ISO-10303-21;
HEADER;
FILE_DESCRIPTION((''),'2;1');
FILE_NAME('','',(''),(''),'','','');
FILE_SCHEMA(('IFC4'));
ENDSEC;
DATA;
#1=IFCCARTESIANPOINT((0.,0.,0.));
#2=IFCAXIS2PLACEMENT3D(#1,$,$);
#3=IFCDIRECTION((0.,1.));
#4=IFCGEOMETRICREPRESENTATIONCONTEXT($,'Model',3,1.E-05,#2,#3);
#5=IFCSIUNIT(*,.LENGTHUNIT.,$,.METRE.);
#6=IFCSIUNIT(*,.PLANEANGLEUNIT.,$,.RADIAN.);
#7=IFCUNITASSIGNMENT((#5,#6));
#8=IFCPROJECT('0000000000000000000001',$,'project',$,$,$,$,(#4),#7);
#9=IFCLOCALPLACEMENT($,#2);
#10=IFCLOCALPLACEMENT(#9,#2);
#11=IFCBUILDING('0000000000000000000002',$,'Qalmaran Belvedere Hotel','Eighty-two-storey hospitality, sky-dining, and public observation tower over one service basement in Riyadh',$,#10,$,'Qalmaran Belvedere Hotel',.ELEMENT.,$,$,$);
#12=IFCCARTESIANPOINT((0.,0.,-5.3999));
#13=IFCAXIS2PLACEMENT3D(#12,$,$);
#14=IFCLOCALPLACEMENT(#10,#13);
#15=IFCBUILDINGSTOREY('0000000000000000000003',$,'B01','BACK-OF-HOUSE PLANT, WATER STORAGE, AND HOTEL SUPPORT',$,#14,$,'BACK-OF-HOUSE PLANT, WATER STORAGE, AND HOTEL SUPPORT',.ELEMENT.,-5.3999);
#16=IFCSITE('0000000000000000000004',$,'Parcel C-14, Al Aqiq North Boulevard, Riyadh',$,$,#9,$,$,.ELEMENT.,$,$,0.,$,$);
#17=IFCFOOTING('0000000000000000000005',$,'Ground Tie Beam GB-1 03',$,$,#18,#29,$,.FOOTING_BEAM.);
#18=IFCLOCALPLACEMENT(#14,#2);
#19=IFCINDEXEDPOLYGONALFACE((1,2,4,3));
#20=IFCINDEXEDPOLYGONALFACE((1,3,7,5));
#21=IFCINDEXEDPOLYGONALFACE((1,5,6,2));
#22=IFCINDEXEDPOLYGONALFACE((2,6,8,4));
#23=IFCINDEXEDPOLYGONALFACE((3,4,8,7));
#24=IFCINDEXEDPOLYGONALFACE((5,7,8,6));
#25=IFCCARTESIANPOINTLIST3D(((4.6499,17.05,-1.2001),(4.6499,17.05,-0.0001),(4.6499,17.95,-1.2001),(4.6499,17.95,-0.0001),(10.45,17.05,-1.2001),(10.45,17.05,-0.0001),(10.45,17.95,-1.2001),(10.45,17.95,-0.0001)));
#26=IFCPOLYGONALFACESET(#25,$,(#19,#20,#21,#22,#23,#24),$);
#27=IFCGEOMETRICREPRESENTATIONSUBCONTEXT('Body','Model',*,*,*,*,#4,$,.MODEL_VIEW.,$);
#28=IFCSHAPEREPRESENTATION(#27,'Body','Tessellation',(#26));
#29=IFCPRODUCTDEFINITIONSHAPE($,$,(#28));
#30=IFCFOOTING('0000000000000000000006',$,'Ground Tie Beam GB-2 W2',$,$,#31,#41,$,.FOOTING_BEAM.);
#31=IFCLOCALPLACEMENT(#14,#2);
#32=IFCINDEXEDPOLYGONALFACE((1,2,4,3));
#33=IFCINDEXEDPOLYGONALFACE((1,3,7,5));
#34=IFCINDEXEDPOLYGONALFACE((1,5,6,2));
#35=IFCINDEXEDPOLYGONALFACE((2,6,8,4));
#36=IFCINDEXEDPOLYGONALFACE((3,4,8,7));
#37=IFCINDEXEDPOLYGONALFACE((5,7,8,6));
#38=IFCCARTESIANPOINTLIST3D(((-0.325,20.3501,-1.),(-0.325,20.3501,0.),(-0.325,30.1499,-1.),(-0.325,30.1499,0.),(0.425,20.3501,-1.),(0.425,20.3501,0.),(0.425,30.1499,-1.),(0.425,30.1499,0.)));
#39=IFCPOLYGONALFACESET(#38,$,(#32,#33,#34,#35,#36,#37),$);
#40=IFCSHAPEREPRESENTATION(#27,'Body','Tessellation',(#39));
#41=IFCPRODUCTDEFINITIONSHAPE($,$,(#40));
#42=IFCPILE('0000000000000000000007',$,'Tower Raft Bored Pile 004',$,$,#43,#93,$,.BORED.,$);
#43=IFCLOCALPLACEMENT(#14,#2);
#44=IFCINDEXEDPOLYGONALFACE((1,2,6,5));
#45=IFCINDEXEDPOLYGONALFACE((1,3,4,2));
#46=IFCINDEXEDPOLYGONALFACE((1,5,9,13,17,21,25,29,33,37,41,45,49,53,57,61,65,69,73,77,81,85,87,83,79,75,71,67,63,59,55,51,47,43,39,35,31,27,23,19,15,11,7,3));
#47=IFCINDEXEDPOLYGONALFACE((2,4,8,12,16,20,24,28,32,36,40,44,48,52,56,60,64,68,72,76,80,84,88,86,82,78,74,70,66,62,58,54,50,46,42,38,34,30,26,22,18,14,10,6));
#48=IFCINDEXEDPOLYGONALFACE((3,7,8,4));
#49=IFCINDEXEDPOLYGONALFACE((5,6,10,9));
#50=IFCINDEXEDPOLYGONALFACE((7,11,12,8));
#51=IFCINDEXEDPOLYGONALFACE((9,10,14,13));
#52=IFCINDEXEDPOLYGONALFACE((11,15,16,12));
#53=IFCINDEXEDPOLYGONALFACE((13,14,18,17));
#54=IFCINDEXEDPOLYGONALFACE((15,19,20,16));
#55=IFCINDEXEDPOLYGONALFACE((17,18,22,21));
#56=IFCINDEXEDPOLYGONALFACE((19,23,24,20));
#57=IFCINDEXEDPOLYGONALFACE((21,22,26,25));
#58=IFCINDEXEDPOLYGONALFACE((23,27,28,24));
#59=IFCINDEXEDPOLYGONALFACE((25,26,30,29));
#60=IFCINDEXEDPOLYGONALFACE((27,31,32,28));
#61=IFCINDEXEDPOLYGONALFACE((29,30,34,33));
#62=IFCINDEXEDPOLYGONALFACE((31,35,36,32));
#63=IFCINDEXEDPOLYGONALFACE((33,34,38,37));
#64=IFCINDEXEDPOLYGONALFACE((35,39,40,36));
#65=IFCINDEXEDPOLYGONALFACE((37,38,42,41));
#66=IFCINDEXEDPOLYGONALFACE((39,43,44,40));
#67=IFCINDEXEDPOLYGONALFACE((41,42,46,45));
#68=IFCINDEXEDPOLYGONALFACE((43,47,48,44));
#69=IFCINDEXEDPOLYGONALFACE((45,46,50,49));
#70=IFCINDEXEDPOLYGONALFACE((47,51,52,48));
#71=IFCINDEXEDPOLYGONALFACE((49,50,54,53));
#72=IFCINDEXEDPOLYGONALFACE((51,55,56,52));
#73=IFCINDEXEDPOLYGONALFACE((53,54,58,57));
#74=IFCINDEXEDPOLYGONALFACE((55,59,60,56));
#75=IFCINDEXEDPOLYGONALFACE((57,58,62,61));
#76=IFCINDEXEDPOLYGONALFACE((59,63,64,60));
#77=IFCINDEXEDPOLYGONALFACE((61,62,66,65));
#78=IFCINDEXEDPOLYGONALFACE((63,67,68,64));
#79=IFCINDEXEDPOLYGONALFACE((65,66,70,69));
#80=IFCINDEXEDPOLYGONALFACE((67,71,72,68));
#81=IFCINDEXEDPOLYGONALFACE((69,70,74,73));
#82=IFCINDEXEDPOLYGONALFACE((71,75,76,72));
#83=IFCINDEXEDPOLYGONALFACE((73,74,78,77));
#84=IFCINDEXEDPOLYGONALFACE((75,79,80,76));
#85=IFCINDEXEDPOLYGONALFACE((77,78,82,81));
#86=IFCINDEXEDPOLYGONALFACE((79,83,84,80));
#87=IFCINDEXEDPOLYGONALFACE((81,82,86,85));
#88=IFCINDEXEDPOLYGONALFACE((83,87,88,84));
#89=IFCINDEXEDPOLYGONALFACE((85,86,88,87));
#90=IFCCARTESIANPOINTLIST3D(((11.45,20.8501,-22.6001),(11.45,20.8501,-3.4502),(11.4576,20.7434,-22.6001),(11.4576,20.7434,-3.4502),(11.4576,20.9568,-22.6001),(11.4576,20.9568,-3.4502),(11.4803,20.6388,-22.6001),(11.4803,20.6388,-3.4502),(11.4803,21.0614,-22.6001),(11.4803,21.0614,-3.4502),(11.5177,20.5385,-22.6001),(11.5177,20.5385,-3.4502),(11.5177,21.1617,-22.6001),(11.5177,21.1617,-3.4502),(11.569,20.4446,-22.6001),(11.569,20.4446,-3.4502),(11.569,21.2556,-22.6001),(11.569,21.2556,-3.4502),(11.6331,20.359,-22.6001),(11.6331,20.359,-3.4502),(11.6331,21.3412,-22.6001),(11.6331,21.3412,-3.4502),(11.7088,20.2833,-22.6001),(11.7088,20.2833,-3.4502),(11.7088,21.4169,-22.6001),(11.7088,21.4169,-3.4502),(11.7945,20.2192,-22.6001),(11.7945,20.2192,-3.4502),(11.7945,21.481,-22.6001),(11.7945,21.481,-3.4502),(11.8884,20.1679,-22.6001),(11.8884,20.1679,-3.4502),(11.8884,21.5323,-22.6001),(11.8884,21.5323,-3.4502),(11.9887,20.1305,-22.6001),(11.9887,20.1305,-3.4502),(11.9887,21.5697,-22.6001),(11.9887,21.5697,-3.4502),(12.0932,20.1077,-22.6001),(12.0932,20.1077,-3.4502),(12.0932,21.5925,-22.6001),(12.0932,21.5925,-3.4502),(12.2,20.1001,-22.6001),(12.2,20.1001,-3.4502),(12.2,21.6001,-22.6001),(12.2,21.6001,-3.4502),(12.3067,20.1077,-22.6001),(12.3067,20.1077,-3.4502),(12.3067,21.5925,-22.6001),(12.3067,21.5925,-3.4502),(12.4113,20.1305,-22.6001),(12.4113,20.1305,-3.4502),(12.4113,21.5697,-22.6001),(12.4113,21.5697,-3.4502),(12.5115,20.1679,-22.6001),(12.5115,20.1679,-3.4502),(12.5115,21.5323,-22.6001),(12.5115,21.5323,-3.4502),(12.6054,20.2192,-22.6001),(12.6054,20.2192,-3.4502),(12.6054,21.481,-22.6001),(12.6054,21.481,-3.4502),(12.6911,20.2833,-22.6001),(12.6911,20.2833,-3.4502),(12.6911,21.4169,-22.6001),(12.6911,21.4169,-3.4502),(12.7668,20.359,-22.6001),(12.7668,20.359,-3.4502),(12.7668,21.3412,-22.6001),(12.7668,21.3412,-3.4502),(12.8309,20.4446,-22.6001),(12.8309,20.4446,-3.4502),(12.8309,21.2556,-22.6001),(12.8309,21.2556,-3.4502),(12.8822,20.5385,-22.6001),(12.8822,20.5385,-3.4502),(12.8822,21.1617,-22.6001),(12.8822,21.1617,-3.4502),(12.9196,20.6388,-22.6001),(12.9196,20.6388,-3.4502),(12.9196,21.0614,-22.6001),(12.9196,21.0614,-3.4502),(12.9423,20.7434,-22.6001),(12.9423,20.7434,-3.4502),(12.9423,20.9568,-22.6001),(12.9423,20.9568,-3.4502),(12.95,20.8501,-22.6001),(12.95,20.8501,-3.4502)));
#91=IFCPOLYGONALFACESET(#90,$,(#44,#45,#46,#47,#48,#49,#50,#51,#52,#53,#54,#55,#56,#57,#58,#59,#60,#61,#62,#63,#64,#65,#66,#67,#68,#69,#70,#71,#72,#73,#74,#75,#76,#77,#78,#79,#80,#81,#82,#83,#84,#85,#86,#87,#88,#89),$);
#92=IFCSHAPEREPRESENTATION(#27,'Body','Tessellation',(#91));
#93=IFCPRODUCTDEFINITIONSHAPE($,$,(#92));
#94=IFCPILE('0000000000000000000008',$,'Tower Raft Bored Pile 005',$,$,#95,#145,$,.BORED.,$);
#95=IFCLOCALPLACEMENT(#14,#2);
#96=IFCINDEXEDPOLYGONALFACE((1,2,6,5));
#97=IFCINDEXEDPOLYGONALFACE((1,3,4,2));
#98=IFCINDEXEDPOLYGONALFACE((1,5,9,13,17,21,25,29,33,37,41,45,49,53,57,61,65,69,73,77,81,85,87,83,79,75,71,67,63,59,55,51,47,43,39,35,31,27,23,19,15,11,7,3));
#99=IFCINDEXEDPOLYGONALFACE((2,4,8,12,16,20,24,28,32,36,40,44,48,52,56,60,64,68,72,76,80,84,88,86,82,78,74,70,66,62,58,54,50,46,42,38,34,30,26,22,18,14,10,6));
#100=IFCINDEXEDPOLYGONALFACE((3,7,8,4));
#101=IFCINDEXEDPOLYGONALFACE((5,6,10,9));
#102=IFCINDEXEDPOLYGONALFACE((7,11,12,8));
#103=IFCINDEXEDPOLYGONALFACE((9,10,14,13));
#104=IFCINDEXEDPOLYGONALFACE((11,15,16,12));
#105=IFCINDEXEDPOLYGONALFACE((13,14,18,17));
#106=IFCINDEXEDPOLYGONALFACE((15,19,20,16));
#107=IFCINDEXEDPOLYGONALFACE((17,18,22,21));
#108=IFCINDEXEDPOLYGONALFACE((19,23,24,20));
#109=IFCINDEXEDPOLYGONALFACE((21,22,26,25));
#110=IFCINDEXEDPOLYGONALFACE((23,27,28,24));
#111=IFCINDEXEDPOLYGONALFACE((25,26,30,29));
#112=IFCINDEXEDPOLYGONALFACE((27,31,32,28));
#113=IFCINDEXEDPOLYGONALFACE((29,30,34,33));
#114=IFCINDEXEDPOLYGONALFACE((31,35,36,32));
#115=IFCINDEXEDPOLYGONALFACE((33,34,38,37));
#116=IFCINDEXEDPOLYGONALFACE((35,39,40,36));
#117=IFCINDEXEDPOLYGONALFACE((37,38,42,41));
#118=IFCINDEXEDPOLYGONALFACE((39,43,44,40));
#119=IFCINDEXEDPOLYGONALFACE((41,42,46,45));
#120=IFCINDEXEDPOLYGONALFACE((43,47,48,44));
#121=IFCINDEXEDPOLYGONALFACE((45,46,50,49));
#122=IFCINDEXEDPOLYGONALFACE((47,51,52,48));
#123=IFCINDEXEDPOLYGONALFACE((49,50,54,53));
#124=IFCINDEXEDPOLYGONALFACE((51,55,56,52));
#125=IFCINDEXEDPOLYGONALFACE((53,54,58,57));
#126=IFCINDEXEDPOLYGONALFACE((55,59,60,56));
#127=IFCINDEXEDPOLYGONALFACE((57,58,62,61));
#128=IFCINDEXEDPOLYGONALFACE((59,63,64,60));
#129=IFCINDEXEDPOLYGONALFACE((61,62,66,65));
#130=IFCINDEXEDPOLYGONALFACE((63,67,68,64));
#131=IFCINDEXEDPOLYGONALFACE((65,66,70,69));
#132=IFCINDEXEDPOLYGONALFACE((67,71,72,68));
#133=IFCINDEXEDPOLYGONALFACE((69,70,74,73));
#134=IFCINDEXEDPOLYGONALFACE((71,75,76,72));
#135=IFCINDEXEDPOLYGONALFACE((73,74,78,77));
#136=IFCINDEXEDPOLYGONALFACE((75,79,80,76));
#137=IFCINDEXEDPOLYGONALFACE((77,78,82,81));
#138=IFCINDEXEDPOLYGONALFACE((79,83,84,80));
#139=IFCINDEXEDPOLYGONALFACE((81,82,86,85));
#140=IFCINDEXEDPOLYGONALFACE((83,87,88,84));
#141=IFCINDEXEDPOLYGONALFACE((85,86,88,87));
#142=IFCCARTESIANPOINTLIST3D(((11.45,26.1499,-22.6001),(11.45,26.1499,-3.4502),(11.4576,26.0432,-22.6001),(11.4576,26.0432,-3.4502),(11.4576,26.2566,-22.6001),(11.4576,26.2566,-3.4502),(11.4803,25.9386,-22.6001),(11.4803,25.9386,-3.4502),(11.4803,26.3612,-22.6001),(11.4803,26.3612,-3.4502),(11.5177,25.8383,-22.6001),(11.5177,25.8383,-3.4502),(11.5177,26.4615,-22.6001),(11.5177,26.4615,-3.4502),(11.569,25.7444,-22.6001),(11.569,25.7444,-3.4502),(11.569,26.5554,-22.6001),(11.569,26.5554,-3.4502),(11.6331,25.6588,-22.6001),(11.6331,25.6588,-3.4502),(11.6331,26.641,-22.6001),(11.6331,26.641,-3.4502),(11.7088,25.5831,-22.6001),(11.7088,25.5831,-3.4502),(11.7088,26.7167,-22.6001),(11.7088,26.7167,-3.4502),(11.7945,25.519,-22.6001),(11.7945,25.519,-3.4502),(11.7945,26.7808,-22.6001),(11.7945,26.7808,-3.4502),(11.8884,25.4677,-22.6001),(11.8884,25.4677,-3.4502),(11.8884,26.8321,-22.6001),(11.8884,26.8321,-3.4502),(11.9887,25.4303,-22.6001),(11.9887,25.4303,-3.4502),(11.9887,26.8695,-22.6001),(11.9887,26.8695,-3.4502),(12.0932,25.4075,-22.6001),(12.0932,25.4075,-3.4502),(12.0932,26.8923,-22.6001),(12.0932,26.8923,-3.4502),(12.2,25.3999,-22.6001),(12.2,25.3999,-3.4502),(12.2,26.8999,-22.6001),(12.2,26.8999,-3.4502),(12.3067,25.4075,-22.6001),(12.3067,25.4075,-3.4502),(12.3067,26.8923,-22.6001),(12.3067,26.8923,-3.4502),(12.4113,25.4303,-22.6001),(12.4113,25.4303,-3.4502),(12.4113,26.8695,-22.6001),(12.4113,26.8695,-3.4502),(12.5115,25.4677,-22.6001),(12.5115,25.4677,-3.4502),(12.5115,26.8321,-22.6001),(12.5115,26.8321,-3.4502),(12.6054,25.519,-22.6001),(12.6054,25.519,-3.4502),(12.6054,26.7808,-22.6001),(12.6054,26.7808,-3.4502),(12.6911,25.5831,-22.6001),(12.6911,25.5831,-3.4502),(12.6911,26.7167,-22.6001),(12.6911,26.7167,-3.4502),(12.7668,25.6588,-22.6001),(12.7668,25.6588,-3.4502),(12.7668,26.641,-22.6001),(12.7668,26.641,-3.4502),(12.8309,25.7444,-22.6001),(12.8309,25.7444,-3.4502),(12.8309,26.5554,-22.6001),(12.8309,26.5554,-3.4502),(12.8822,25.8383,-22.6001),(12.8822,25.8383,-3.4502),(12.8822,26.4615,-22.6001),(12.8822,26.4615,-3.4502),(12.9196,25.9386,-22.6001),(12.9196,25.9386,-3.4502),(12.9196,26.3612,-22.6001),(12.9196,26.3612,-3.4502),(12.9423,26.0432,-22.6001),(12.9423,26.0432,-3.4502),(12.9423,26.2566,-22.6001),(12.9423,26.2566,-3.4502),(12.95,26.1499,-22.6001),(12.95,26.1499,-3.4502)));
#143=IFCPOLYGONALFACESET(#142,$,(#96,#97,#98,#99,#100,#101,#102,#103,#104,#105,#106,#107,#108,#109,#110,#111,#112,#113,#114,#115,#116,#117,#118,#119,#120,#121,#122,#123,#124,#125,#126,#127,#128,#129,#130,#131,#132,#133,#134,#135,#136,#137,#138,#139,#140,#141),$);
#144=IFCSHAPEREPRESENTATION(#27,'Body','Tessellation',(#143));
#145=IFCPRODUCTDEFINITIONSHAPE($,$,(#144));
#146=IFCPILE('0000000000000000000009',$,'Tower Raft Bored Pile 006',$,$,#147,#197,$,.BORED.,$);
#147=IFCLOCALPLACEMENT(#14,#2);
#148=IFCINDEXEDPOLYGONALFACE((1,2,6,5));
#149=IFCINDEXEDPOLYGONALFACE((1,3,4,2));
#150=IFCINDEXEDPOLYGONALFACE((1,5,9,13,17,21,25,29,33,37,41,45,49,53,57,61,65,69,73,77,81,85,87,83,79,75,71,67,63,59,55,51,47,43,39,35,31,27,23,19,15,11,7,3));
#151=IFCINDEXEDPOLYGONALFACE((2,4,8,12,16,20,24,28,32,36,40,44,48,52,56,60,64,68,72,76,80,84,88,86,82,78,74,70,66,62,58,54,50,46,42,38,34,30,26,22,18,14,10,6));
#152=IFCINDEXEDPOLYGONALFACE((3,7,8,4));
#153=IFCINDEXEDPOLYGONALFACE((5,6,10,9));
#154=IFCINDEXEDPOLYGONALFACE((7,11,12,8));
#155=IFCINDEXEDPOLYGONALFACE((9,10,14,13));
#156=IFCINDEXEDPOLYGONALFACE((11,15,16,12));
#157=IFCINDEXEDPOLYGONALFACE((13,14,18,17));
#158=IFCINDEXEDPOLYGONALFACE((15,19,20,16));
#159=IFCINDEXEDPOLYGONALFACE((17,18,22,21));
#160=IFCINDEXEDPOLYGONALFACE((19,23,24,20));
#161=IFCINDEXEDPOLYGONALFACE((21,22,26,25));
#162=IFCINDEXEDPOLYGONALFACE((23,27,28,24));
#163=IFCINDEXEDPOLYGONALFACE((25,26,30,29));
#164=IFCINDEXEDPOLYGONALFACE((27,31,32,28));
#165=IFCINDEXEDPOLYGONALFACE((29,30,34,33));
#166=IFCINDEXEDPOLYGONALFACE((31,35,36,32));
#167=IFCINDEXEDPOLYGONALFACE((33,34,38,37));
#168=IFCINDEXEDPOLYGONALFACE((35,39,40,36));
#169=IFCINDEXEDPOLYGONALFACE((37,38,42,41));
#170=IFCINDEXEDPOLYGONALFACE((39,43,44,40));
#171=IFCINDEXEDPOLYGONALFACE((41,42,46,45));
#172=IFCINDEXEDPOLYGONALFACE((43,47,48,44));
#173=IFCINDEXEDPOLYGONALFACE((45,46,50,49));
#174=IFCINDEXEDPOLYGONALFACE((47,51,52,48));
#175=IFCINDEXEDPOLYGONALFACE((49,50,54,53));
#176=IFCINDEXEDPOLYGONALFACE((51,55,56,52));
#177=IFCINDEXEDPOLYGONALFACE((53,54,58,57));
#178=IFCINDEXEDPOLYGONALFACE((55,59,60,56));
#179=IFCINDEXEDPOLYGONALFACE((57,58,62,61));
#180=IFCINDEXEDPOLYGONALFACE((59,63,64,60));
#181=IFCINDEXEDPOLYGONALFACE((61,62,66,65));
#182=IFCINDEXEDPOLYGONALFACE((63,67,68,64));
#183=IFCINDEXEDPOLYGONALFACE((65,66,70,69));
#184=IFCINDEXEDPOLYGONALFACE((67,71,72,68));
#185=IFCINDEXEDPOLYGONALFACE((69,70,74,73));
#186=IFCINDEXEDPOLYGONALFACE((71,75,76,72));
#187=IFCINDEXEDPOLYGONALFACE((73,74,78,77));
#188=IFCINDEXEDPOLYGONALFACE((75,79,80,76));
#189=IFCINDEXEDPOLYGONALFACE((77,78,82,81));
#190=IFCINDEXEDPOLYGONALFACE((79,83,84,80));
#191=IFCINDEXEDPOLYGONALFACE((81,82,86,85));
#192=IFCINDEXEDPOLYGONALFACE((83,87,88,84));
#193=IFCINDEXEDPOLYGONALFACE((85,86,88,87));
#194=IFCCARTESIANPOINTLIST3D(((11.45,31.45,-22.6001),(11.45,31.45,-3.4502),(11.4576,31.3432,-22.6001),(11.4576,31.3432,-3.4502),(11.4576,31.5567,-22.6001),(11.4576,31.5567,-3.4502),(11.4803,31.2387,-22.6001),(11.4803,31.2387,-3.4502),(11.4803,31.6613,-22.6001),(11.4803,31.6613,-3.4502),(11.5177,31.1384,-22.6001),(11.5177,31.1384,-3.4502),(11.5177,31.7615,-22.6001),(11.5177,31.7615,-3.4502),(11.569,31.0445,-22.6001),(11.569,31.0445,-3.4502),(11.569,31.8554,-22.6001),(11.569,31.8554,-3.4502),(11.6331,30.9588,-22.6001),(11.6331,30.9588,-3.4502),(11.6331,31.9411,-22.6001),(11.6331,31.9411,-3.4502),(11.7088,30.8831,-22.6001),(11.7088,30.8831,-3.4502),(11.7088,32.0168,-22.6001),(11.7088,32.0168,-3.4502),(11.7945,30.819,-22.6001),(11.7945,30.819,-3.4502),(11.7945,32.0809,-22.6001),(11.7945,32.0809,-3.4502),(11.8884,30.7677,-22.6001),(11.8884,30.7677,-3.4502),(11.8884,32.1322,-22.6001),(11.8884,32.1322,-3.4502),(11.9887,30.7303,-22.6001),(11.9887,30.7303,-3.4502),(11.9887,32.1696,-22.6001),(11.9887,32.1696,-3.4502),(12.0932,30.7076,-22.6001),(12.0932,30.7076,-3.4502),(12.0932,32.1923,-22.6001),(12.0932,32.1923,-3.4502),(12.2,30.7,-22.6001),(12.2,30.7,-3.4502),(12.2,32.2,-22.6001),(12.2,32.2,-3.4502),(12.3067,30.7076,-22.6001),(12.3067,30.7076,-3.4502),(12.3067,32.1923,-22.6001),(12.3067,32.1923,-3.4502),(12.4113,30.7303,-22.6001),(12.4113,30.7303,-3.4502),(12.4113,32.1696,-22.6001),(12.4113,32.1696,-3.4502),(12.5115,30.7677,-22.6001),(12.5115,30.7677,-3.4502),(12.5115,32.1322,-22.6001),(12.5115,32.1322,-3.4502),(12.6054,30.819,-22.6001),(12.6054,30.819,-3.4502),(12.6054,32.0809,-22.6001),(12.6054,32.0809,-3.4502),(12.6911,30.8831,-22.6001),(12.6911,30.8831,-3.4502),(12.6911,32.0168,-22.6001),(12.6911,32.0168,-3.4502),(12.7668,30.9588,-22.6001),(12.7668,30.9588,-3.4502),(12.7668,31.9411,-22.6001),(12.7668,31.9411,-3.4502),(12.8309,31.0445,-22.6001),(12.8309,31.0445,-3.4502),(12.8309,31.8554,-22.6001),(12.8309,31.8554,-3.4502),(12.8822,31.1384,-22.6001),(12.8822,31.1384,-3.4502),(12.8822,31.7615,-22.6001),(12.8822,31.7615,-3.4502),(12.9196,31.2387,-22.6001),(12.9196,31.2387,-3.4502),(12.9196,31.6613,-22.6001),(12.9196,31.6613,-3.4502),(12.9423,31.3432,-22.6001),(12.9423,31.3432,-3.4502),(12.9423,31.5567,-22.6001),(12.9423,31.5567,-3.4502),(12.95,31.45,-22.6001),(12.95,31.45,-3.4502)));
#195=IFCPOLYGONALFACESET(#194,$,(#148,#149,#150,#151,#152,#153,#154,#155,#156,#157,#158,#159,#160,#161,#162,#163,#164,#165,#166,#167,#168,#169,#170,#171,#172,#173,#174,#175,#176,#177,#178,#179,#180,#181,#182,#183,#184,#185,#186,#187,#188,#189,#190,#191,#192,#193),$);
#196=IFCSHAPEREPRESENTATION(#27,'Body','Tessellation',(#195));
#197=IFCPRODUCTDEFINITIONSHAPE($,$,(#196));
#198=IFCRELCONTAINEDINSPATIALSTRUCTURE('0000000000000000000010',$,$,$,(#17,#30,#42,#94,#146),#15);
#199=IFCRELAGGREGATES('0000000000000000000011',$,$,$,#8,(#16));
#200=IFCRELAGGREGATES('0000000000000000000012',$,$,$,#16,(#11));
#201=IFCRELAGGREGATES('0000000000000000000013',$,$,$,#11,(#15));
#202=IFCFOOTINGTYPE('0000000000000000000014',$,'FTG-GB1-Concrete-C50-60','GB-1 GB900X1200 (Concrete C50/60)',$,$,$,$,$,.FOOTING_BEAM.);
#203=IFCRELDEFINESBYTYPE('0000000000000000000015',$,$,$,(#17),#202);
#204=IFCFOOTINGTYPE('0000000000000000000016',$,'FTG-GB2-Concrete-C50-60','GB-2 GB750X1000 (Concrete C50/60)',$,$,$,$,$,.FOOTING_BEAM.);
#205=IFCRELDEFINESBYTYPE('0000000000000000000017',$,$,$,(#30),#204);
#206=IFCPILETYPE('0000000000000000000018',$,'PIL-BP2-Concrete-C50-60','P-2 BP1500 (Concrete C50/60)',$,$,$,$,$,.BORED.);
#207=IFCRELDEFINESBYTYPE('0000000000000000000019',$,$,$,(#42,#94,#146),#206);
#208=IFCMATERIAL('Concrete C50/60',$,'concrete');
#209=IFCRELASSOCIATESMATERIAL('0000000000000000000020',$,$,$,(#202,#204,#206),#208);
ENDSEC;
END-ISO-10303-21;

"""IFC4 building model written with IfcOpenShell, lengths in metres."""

from ifc_helpers import new_model, si_unit, direction, frame, origin, origin_2d, place, context, subcontext, project, spatial, rectangle, circle, extrude, material, material_profile, profile_set, type_object, element, save


model = new_model("IFC4")

# Units and contexts
model_context = context("Model", 3, precision=1e-05, world=origin(), true_north=direction((0.0, 1.0)))
body_context = subcontext(model_context, "Body", "Model", "MODEL_VIEW")
ifc_project = project(units=[si_unit("LENGTHUNIT", "METRE"), si_unit("PLANEANGLEUNIT", "RADIAN")], contexts=[model_context])

# Site, building, storey
site_placement = place(None, origin())
site = spatial("IfcSite", under=ifc_project, at=site_placement, Name="Parcel C-14, Al Aqiq North Boulevard, Riyadh", CompositionType="ELEMENT", RefElevation=0.0)
building_placement = place(site_placement, origin())
building = spatial("IfcBuilding", under=site, at=building_placement, Name="Qalmaran Belvedere Hotel", Description="Eighty-two-storey hospitality, sky-dining, and public observation tower over one service basement in Riyadh", LongName="Qalmaran Belvedere Hotel", CompositionType="ELEMENT")
storey_placement = place(building_placement, frame((0.0, 0.0, -5.3999)))
storey = spatial("IfcBuildingStorey", under=building, at=storey_placement, Name="B01", Description="BACK-OF-HOUSE PLANT, WATER STORAGE, AND HOTEL SUPPORT", LongName="BACK-OF-HOUSE PLANT, WATER STORAGE, AND HOTEL SUPPORT", CompositionType="ELEMENT", Elevation=-5.3999)

# Footings
ifc_material_1 = material(Name="Concrete C50/60", Category="concrete")
ifc_material_profile_1 = material_profile(ifc_material_1, rectangle(XDim=0.8999, YDim=1.2, at=origin_2d()), Name="GB900X1200")
ifc_profile_set_1 = profile_set([ifc_material_profile_1], Name="Concrete C50/60")
footing_type_1 = type_object("IfcFootingType", Name="FTG-GB1-Concrete-C50-60", Description="GB-1 GB900X1200 (Concrete C50/60)", PredefinedType="FOOTING_BEAM", material=ifc_profile_set_1)
footing_1_placement = place(storey_placement, frame((4.6499, 17.5, -0.6001), z_axis=(1.0, 0.0, 0.0), x_axis=(0.0, 1.0, 0.0)))
element("IfcFooting", 1, at=footing_1_placement, inside=storey, type_object=footing_type_1, Name="Ground Tie Beam GB-1 03", PredefinedType="FOOTING_BEAM", context=body_context, shape_type="SweptSolid", body=[
    extrude(rectangle(XDim=0.8999, YDim=1.2, at=origin_2d()), origin(), (0.0, 0.0, 1.0), 5.8),
])
ifc_material_profile_2 = material_profile(ifc_material_1, rectangle(XDim=0.75, YDim=1.0, at=origin_2d()), Name="GB750X1000")
ifc_profile_set_2 = profile_set([ifc_material_profile_2], Name="Concrete C50/60")
footing_type_2 = type_object("IfcFootingType", Name="FTG-GB2-Concrete-C50-60", Description="GB-2 GB750X1000 (Concrete C50/60)", PredefinedType="FOOTING_BEAM", material=ifc_profile_set_2)
footing_2_placement = place(storey_placement, frame((0.05, 20.3501, -0.5), z_axis=(0.0, 1.0, 0.0), x_axis=(-1.0, 0.0, 0.0)))
element("IfcFooting", 2, at=footing_2_placement, inside=storey, type_object=footing_type_2, Name="Ground Tie Beam GB-2 W2", PredefinedType="FOOTING_BEAM", context=body_context, shape_type="SweptSolid", body=[
    extrude(rectangle(XDim=0.75, YDim=1.0, at=origin_2d()), origin(), (0.0, 0.0, 1.0), 9.7998),
])

# Piles
ifc_material_profile_3 = material_profile(ifc_material_1, circle(Radius=0.75, at=origin_2d()), Name="BP1500")
ifc_profile_set_3 = profile_set([ifc_material_profile_3], Name="Concrete C50/60")
pile_type_1 = type_object("IfcPileType", Name="PIL-BP2-Concrete-C50-60", Description="P-2 BP1500 (Concrete C50/60)", PredefinedType="BORED", material=ifc_profile_set_3)
for number, where, z_axis, x_axis, name in (
    (3, (12.2, 20.8501, -3.4502), (0.0, 0.0, -1.0), (1.0, 0.0, 0.0), "Tower Raft Bored Pile 004"),
    (4, (12.2, 26.1499, -3.4502), (0.0, 0.0, -1.0), (1.0, 0.0, 0.0), "Tower Raft Bored Pile 005"),
    (5, (12.2, 31.45, -3.4502), (0.0, 0.0, -1.0), (1.0, 0.0, 0.0), "Tower Raft Bored Pile 006"),
):
    element("IfcPile", number, at=place(storey_placement, frame(where, z_axis=z_axis, x_axis=x_axis)), inside=storey, type_object=pile_type_1, Name=name, PredefinedType="BORED", context=body_context, shape_type="SweptSolid", body=[
        extrude(circle(Radius=0.75, at=origin_2d()), origin(), (0.0, 0.0, 1.0), 19.1499),
    ])

save(model, "model.ifc")
